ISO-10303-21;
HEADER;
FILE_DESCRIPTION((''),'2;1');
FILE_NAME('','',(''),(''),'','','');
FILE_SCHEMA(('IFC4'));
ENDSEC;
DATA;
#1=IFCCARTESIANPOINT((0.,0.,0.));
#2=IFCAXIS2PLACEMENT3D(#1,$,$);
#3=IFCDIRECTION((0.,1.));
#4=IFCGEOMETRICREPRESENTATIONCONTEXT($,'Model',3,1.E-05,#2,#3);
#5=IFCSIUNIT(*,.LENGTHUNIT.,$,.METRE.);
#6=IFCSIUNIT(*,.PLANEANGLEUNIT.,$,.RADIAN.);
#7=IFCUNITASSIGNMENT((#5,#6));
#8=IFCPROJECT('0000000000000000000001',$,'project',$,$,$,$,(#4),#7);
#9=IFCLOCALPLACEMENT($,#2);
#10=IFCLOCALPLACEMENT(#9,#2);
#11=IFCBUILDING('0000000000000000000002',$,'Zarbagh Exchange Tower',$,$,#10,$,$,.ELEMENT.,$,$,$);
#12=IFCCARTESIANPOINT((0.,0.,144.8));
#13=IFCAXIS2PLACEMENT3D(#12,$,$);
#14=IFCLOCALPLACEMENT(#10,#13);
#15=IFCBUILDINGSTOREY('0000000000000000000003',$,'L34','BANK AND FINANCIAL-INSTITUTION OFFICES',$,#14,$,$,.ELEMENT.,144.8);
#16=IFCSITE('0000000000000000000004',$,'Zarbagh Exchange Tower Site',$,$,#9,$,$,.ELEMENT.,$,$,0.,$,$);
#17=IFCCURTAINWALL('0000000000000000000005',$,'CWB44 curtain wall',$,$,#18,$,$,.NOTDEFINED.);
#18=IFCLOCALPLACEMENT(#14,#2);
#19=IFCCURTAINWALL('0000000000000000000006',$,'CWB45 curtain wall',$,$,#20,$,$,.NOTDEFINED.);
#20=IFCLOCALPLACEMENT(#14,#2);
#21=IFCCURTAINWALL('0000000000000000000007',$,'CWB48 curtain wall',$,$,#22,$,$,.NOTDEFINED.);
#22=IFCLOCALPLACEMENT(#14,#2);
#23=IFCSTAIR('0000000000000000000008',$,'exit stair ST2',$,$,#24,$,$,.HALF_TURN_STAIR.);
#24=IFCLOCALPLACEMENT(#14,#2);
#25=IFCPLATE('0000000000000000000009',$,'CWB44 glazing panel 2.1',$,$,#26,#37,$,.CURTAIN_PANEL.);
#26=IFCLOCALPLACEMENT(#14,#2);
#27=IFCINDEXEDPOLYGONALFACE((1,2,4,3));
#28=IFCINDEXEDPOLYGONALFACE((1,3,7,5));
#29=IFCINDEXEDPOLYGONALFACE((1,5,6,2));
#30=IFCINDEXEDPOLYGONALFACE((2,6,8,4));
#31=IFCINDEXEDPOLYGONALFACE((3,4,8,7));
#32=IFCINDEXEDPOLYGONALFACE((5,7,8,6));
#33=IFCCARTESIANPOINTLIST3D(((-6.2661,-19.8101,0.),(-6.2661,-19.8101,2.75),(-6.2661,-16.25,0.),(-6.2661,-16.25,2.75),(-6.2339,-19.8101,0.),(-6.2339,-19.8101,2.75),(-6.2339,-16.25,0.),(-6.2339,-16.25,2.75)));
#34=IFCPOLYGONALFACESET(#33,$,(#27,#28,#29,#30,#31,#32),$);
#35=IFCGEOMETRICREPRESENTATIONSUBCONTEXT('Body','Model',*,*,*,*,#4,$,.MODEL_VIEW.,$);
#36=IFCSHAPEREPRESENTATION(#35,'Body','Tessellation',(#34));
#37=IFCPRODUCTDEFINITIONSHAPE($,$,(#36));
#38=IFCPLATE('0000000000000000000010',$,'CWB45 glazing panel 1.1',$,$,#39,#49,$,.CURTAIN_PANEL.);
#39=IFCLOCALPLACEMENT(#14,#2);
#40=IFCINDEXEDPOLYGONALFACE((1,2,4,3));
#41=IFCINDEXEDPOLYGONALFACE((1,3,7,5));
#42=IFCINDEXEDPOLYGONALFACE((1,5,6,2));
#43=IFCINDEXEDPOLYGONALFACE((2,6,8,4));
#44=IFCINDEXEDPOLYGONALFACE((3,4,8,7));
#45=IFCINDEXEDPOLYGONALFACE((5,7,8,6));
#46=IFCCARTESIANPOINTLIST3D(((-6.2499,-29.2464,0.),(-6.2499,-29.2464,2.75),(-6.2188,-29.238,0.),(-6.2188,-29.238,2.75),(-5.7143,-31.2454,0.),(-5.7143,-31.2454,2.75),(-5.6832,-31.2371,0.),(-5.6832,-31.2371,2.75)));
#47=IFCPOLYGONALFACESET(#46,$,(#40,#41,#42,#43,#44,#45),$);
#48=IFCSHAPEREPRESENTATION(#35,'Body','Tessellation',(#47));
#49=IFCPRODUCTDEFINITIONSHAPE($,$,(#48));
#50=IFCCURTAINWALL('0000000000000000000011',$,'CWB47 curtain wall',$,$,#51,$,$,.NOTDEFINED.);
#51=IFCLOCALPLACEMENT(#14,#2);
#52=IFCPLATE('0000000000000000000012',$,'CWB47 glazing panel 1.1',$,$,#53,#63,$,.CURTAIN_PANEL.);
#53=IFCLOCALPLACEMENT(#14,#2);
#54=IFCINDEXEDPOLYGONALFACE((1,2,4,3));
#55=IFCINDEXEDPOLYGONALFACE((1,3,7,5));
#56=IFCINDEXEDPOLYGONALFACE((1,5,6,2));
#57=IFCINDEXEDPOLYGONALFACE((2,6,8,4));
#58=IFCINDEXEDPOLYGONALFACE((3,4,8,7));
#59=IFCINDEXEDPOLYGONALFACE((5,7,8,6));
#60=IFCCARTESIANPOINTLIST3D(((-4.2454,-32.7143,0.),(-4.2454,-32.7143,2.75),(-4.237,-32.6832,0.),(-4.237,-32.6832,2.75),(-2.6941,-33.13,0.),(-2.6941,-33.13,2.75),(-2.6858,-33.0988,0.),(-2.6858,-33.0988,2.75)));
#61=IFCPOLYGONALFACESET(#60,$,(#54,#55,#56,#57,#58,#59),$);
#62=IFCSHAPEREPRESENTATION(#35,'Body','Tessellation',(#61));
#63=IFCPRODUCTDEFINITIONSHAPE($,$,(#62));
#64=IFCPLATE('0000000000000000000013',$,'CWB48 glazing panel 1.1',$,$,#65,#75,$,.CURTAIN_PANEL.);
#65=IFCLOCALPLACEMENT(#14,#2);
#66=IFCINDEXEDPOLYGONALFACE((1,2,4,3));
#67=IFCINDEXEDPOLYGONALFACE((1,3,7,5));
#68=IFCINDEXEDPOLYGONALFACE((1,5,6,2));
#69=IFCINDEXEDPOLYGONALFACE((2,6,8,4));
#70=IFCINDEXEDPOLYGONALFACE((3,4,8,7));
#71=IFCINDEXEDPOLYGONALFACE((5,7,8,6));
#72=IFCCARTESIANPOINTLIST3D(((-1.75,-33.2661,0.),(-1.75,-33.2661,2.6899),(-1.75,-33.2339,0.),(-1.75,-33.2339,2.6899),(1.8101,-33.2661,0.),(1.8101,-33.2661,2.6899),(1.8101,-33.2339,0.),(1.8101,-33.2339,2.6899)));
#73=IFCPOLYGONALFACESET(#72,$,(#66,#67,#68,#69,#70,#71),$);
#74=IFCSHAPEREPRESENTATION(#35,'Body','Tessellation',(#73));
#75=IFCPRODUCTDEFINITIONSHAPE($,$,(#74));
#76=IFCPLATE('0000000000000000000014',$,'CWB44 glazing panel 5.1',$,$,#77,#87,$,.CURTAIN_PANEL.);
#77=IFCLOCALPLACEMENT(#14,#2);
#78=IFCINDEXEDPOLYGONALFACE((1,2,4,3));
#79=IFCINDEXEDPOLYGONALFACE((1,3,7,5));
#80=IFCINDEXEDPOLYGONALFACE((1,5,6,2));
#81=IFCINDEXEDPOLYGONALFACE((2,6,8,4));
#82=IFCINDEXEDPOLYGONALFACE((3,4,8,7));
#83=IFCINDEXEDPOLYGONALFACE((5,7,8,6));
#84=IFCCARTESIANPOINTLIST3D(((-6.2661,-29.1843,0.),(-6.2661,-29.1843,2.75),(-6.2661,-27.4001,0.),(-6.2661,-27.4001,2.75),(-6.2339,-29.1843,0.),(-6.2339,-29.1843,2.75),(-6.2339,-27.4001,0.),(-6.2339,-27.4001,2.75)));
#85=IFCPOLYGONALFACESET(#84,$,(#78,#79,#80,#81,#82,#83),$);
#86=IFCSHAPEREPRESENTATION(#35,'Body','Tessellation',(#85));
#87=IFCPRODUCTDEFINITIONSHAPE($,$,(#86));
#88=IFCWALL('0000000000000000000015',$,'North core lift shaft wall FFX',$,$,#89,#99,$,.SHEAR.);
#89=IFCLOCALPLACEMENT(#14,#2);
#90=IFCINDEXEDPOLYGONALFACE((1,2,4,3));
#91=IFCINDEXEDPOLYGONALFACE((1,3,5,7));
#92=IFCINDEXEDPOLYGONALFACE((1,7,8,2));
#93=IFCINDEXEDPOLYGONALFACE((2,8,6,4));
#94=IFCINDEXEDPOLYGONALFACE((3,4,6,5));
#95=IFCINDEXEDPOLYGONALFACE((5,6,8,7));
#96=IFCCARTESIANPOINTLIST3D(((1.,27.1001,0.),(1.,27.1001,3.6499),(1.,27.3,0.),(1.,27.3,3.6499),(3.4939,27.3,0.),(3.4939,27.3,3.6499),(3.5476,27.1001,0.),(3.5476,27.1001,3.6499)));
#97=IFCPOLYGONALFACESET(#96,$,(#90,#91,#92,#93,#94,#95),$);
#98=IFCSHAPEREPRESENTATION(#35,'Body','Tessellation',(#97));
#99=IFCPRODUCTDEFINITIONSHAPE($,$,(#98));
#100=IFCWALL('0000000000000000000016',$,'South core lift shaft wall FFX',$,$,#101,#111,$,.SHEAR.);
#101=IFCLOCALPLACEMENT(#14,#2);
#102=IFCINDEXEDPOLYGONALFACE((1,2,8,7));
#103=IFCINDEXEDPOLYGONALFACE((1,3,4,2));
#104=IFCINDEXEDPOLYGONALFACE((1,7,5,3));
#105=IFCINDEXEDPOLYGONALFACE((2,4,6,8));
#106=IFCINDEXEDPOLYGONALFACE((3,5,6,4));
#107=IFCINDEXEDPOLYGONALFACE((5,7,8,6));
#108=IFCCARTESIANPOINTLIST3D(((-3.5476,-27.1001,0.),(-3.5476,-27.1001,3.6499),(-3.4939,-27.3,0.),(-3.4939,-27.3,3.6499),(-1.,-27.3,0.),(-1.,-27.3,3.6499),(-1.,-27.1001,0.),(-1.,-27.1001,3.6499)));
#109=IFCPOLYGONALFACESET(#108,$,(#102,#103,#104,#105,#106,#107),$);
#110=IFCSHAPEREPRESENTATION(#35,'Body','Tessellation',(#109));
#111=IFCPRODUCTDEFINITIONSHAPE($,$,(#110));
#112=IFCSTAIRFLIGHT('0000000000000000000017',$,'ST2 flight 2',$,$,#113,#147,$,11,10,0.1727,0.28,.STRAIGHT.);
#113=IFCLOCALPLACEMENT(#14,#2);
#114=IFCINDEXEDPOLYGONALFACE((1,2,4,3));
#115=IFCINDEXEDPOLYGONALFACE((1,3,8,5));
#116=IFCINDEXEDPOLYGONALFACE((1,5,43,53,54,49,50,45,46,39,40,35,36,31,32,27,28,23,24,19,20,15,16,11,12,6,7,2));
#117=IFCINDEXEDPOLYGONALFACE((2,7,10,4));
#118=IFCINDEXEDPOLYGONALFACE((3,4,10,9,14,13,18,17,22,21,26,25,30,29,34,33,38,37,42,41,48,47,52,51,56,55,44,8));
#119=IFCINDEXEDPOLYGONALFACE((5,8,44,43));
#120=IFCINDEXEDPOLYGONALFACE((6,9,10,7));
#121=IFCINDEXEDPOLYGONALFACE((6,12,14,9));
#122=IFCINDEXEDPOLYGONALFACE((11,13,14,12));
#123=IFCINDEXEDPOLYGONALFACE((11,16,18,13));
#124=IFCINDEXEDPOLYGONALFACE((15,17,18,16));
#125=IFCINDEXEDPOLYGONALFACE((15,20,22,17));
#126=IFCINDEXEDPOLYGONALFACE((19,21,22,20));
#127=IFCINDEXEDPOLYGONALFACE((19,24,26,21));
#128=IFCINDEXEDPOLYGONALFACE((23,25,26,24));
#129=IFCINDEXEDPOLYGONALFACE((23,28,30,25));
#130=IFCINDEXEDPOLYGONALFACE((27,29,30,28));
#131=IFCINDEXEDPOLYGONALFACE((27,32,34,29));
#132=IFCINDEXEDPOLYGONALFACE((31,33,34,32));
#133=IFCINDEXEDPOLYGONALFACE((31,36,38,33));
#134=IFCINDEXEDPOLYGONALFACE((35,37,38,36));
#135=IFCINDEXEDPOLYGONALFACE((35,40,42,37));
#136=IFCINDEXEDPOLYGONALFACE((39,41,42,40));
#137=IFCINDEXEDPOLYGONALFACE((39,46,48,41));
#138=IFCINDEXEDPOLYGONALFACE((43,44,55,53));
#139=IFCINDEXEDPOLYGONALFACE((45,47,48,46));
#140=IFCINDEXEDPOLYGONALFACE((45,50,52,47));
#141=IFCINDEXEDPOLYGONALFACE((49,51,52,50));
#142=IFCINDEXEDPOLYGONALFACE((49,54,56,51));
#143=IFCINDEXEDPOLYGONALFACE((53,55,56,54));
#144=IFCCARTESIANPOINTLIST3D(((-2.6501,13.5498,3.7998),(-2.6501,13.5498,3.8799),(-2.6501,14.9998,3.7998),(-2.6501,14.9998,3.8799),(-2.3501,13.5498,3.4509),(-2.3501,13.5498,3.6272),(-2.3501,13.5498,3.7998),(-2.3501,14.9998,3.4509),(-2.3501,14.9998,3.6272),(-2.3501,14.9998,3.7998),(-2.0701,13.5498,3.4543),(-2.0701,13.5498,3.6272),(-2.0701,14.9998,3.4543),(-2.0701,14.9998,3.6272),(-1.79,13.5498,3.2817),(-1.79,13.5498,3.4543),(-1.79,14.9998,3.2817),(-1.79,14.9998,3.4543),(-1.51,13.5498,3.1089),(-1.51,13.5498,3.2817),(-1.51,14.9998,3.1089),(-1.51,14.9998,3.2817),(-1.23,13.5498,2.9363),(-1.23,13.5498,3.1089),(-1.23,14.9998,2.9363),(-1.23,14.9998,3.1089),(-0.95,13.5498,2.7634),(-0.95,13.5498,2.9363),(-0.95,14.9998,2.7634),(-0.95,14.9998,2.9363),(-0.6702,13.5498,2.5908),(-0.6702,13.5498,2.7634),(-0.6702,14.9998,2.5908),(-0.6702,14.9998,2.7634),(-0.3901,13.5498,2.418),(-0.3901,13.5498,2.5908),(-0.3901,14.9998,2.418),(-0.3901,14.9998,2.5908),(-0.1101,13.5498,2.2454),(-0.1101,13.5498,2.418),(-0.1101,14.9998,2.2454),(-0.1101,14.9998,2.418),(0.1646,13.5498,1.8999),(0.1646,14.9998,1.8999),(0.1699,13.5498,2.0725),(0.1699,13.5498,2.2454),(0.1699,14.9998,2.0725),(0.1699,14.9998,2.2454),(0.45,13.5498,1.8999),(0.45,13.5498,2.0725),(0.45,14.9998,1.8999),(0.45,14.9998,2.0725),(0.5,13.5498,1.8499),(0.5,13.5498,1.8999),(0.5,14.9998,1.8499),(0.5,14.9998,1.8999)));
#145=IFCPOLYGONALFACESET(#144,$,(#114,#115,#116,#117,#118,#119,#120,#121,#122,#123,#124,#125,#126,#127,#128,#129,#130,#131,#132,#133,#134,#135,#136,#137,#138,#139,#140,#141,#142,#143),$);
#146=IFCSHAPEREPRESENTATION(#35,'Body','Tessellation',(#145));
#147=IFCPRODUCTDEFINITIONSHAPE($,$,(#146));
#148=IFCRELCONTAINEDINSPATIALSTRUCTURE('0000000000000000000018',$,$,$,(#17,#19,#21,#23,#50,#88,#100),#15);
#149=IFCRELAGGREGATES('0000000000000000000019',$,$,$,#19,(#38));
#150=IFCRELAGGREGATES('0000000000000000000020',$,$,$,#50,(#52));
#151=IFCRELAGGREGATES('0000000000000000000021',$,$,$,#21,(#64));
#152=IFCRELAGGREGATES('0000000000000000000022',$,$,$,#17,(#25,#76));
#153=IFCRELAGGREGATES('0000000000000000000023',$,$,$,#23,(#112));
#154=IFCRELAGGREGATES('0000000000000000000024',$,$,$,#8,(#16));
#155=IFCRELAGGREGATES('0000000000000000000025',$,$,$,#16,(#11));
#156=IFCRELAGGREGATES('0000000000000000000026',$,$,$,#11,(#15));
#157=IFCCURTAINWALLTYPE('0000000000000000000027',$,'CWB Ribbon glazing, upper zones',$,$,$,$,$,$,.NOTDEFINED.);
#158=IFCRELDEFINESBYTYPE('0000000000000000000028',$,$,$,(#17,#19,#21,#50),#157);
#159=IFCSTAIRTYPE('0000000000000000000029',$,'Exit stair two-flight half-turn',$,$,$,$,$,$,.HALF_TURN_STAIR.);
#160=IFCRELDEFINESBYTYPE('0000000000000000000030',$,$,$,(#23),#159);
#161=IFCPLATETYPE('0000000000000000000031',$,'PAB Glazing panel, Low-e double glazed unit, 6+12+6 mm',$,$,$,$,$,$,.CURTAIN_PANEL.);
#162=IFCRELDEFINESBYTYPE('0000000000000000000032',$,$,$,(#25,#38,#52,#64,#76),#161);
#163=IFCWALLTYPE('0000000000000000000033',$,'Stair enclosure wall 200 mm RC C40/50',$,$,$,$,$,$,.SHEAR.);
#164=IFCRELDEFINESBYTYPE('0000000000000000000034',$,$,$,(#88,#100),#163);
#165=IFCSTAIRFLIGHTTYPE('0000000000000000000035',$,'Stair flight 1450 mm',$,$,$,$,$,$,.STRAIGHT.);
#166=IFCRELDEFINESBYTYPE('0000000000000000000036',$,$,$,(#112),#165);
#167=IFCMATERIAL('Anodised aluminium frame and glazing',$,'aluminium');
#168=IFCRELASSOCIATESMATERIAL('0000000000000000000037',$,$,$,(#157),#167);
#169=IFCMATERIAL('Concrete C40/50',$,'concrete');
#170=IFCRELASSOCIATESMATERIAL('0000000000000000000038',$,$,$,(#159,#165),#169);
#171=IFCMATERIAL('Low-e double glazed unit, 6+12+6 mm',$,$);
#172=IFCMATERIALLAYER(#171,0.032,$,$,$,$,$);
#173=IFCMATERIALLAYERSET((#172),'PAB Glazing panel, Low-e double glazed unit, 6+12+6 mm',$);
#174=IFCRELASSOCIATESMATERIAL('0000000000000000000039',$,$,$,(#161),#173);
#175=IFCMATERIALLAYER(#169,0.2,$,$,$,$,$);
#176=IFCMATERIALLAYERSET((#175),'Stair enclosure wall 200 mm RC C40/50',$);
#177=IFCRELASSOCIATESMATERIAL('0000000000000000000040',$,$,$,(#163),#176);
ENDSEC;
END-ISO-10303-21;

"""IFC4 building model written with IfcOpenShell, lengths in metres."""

from ifc_helpers import new_model, si_unit, direction, frame, origin, place, context, subcontext, project, spatial, polyline, outline, extrude, source, transform, mapped, material, layer, layer_set, type_object, element, aggregate, save


model = new_model("IFC4")

# Units and contexts
model_context = context("Model", 3, precision=1e-05, world=origin(), true_north=direction((0.0, 1.0)))
body_context = subcontext(model_context, "Body", "Model", "MODEL_VIEW")
ifc_project = project(units=[si_unit("LENGTHUNIT", "METRE"), si_unit("PLANEANGLEUNIT", "RADIAN")], contexts=[model_context])

# Site, building, storey
site_placement = place(None, origin())
site = spatial("IfcSite", under=ifc_project, at=site_placement, Name="Zarbagh Exchange Tower Site", CompositionType="ELEMENT", RefElevation=0.0)
building_placement = place(site_placement, origin())
building = spatial("IfcBuilding", under=site, at=building_placement, Name="Zarbagh Exchange Tower", CompositionType="ELEMENT")
storey_placement = place(building_placement, frame((0.0, 0.0, 144.8)))
storey = spatial("IfcBuildingStorey", under=building, at=storey_placement, Name="L34", Description="BANK AND FINANCIAL-INSTITUTION OFFICES", CompositionType="ELEMENT", Elevation=144.8)

# Curtain wall
ifc_material_1 = material(Name="Anodised aluminium frame and glazing", Category="aluminium")
curtain_wall_type = type_object("IfcCurtainWallType", Name="CWB Ribbon glazing, upper zones", PredefinedType="NOTDEFINED", material=ifc_material_1)
curtain_wall_1_placement = place(storey_placement, origin())
curtain_wall_1 = element("IfcCurtainWall", 1, at=curtain_wall_1_placement, inside=storey, type_object=curtain_wall_type, Name="CWB44 curtain wall", PredefinedType="NOTDEFINED")
placement = place(storey_placement, origin())

# Curtain wall
curtain_wall_2_placement = place(storey_placement, origin())
curtain_wall_2 = element("IfcCurtainWall", 2, at=curtain_wall_2_placement, inside=storey, type_object=curtain_wall_type, Name="CWB45 curtain wall", PredefinedType="NOTDEFINED")

# Curtain wall
curtain_wall_3_placement = place(storey_placement, origin())
curtain_wall_3 = element("IfcCurtainWall", 3, at=curtain_wall_3_placement, inside=storey, type_object=curtain_wall_type, Name="CWB48 curtain wall", PredefinedType="NOTDEFINED")

# Stair
ifc_material_2 = material(Name="Concrete C40/50", Category="concrete")
stair_type = type_object("IfcStairType", Name="Exit stair two-flight half-turn", PredefinedType="HALF_TURN_STAIR", material=ifc_material_2)
stair_1_placement = place(storey_placement, origin())
stair_1 = element("IfcStair", 4, at=stair_1_placement, inside=storey, type_object=stair_type, Name="exit stair ST2", PredefinedType="HALF_TURN_STAIR")

# Shared definitions
ifc_material_3 = material(Name="Low-e double glazed unit, 6+12+6 mm")
ifc_layer_1 = layer(ifc_material_3, 0.032)
ifc_layer_set_1 = layer_set([ifc_layer_1], Name="PAB Glazing panel, Low-e double glazed unit, 6+12+6 mm")
plate_type = type_object("IfcPlateType", Name="PAB Glazing panel, Low-e double glazed unit, 6+12+6 mm", PredefinedType="CURTAIN_PANEL", material=ifc_layer_set_1)

# Plates
shared_shape_1 = source(origin(), body_context, "Body", "SweptSolid", [
    extrude(outline(polyline([(0.0, -0.0161), (3.5601, -0.0161), (3.5601, 0.0161), (0.0, 0.0161), (0.0, -0.0161)])), origin(), (0.0, 0.0, 1.0), 2.75),
])
plate_1 = element("IfcPlate", 5, at=placement, type_object=plate_type, Name="CWB44 glazing panel 2.1", PredefinedType="CURTAIN_PANEL", context=body_context, shape_type="MappedRepresentation", body=[
    mapped(shared_shape_1, transform((-6.25, -16.25, 0.0), x_axis=(0.0, -1.0, 0.0), y_axis=(1.0, 0.0, 0.0), z_axis=(0.0, 0.0, 1.0))),
])
shared_shape_2 = source(origin(), body_context, "Body", "SweptSolid", [
    extrude(outline(polyline([(0.0, -0.0161), (2.0696, -0.0161), (2.0696, 0.0161), (0.0, 0.0161), (0.0, -0.0161)])), origin(), (0.0, 0.0, 1.0), 2.75),
])
plate_2 = element("IfcPlate", 6, at=placement, type_object=plate_type, Name="CWB45 glazing panel 1.1", PredefinedType="CURTAIN_PANEL", context=body_context, shape_type="MappedRepresentation", body=[
    mapped(shared_shape_2, transform((-6.2344, -29.2422, 0.0), x_axis=(0.258825, -0.965924, 0.0), y_axis=(0.965924, 0.258825, 0.0), z_axis=(0.0, 0.0, 1.0))),
])
aggregate(curtain_wall_2, [plate_2])

# Curtain wall, plate
curtain_wall_4_placement = place(storey_placement, origin())
curtain_wall_4 = element("IfcCurtainWall", 7, at=curtain_wall_4_placement, inside=storey, type_object=curtain_wall_type, Name="CWB47 curtain wall", PredefinedType="NOTDEFINED")
shared_shape_3 = source(origin(), body_context, "Body", "SweptSolid", [
    extrude(outline(polyline([(0.0, -0.0161), (1.606, -0.0161), (1.606, 0.0161), (0.0, 0.0161), (0.0, -0.0161)])), origin(), (0.0, 0.0, 1.0), 2.75),
])
plate_3 = element("IfcPlate", 8, at=placement, type_object=plate_type, Name="CWB47 glazing panel 1.1", PredefinedType="CURTAIN_PANEL", context=body_context, shape_type="MappedRepresentation", body=[
    mapped(shared_shape_3, transform((-4.2412, -32.6987, 0.0), x_axis=(0.965924, -0.258825, 0.0), y_axis=(0.258825, 0.965924, 0.0), z_axis=(0.0, 0.0, 1.0))),
])
aggregate(curtain_wall_4, [plate_3])

# Plates
shared_shape_4 = source(origin(), body_context, "Body", "SweptSolid", [
    extrude(outline(polyline([(0.0, -0.0161), (3.5601, -0.0161), (3.5601, 0.0161), (0.0, 0.0161), (0.0, -0.0161)])), origin(), (0.0, 0.0, 1.0), 2.6899),
])
plate_4 = element("IfcPlate", 9, at=placement, type_object=plate_type, Name="CWB48 glazing panel 1.1", PredefinedType="CURTAIN_PANEL", context=body_context, shape_type="MappedRepresentation", body=[
    mapped(shared_shape_4, transform((-1.75, -33.25, 0.0), x_axis=(1.0, 0.0, 0.0), y_axis=(0.0, 1.0, 0.0), z_axis=(0.0, 0.0, 1.0))),
])
aggregate(curtain_wall_3, [plate_4])
shared_shape_5 = source(origin(), body_context, "Body", "SweptSolid", [
    extrude(outline(polyline([(0.0, -0.0161), (1.7842, -0.0161), (1.7842, 0.0161), (0.0, 0.0161), (0.0, -0.0161)])), origin(), (0.0, 0.0, 1.0), 2.75),
])
plate_5 = element("IfcPlate", 10, at=placement, type_object=plate_type, Name="CWB44 glazing panel 5.1", PredefinedType="CURTAIN_PANEL", context=body_context, shape_type="MappedRepresentation", body=[
    mapped(shared_shape_5, transform((-6.25, -27.4001, 0.0), x_axis=(0.0, -1.0, 0.0), y_axis=(1.0, 0.0, 0.0), z_axis=(0.0, 0.0, 1.0))),
])
aggregate(curtain_wall_1, [plate_1, plate_5])

# Walls
ifc_layer_2 = layer(ifc_material_2, 0.2)
ifc_layer_set_2 = layer_set([ifc_layer_2], Name="Stair enclosure wall 200 mm RC C40/50")
wall_type = type_object("IfcWallType", Name="Stair enclosure wall 200 mm RC C40/50", PredefinedType="SHEAR", material=ifc_layer_set_2)
wall_1_placement = place(storey_placement, origin())
element("IfcWall", 11, at=wall_1_placement, inside=storey, type_object=wall_type, Name="North core lift shaft wall FFX", PredefinedType="SHEAR", context=body_context, shape_type="SweptSolid", body=[
    extrude(outline(polyline([(1.0, 27.1001), (3.5476, 27.1001), (3.4939, 27.3), (1.0, 27.3), (1.0, 27.1001)])), origin(), (0.0, 0.0, 1.0), 3.6499),
])
wall_2_placement = place(storey_placement, origin())
element("IfcWall", 12, at=wall_2_placement, inside=storey, type_object=wall_type, Name="South core lift shaft wall FFX", PredefinedType="SHEAR", context=body_context, shape_type="SweptSolid", body=[
    extrude(outline(polyline([(-1.0, -27.1001), (-3.5476, -27.1001), (-3.4939, -27.3), (-1.0, -27.3), (-1.0, -27.1001)])), origin(), (0.0, 0.0, 1.0), 3.6499),
])

# Stair flight
stair_flight_type = type_object("IfcStairFlightType", Name="Stair flight 1450 mm", PredefinedType="STRAIGHT", material=ifc_material_2)
stair_flight_placement = place(storey_placement, frame((0.45, 14.2749, 1.8999), z_axis=(0.0, 0.0, 1.0), x_axis=(-1.0, 0.0, 0.0)))
stair_flight = element("IfcStairFlight", 13, at=stair_flight_placement, type_object=stair_flight_type, Name="ST2 flight 2", NumberOfRisers=11, NumberOfTreads=10, PredefinedType="STRAIGHT", RiserHeight=0.1727, TreadLength=0.28, context=body_context, shape_type="SweptSolid", body=[
    extrude(outline(polyline([(-0.05, -0.05), (-0.05, 0.0), (0.0, 0.0), (0.0, 0.1726), (0.28, 0.1726), (0.28, 0.3455), (0.5601, 0.3455), (0.5601, 0.5181), (0.8401, 0.5181), (0.8401, 0.6909), (1.1201, 0.6909), (1.1201, 0.8635), (1.3999, 0.8635), (1.3999, 1.0364), (1.6799, 1.0364), (1.6799, 1.209), (1.96, 1.209), (1.96, 1.3818), (2.24, 1.3818), (2.24, 1.5544), (2.52, 1.5544), (2.52, 1.7273), (2.8, 1.7273), (2.8, 1.8999), (3.1001, 1.98), (3.1001, 1.8999), (2.8, 1.551), (0.2854, 0.0), (-0.05, -0.05)])), frame((0.0, 0.7251, 0.0), z_axis=(0.0, -1.0, 0.0), x_axis=(1.0, 0.0, 0.0)), (0.0, 0.0, 1.0), 1.45),
])
aggregate(stair_1, [stair_flight])

save(model, "model.ifc")
